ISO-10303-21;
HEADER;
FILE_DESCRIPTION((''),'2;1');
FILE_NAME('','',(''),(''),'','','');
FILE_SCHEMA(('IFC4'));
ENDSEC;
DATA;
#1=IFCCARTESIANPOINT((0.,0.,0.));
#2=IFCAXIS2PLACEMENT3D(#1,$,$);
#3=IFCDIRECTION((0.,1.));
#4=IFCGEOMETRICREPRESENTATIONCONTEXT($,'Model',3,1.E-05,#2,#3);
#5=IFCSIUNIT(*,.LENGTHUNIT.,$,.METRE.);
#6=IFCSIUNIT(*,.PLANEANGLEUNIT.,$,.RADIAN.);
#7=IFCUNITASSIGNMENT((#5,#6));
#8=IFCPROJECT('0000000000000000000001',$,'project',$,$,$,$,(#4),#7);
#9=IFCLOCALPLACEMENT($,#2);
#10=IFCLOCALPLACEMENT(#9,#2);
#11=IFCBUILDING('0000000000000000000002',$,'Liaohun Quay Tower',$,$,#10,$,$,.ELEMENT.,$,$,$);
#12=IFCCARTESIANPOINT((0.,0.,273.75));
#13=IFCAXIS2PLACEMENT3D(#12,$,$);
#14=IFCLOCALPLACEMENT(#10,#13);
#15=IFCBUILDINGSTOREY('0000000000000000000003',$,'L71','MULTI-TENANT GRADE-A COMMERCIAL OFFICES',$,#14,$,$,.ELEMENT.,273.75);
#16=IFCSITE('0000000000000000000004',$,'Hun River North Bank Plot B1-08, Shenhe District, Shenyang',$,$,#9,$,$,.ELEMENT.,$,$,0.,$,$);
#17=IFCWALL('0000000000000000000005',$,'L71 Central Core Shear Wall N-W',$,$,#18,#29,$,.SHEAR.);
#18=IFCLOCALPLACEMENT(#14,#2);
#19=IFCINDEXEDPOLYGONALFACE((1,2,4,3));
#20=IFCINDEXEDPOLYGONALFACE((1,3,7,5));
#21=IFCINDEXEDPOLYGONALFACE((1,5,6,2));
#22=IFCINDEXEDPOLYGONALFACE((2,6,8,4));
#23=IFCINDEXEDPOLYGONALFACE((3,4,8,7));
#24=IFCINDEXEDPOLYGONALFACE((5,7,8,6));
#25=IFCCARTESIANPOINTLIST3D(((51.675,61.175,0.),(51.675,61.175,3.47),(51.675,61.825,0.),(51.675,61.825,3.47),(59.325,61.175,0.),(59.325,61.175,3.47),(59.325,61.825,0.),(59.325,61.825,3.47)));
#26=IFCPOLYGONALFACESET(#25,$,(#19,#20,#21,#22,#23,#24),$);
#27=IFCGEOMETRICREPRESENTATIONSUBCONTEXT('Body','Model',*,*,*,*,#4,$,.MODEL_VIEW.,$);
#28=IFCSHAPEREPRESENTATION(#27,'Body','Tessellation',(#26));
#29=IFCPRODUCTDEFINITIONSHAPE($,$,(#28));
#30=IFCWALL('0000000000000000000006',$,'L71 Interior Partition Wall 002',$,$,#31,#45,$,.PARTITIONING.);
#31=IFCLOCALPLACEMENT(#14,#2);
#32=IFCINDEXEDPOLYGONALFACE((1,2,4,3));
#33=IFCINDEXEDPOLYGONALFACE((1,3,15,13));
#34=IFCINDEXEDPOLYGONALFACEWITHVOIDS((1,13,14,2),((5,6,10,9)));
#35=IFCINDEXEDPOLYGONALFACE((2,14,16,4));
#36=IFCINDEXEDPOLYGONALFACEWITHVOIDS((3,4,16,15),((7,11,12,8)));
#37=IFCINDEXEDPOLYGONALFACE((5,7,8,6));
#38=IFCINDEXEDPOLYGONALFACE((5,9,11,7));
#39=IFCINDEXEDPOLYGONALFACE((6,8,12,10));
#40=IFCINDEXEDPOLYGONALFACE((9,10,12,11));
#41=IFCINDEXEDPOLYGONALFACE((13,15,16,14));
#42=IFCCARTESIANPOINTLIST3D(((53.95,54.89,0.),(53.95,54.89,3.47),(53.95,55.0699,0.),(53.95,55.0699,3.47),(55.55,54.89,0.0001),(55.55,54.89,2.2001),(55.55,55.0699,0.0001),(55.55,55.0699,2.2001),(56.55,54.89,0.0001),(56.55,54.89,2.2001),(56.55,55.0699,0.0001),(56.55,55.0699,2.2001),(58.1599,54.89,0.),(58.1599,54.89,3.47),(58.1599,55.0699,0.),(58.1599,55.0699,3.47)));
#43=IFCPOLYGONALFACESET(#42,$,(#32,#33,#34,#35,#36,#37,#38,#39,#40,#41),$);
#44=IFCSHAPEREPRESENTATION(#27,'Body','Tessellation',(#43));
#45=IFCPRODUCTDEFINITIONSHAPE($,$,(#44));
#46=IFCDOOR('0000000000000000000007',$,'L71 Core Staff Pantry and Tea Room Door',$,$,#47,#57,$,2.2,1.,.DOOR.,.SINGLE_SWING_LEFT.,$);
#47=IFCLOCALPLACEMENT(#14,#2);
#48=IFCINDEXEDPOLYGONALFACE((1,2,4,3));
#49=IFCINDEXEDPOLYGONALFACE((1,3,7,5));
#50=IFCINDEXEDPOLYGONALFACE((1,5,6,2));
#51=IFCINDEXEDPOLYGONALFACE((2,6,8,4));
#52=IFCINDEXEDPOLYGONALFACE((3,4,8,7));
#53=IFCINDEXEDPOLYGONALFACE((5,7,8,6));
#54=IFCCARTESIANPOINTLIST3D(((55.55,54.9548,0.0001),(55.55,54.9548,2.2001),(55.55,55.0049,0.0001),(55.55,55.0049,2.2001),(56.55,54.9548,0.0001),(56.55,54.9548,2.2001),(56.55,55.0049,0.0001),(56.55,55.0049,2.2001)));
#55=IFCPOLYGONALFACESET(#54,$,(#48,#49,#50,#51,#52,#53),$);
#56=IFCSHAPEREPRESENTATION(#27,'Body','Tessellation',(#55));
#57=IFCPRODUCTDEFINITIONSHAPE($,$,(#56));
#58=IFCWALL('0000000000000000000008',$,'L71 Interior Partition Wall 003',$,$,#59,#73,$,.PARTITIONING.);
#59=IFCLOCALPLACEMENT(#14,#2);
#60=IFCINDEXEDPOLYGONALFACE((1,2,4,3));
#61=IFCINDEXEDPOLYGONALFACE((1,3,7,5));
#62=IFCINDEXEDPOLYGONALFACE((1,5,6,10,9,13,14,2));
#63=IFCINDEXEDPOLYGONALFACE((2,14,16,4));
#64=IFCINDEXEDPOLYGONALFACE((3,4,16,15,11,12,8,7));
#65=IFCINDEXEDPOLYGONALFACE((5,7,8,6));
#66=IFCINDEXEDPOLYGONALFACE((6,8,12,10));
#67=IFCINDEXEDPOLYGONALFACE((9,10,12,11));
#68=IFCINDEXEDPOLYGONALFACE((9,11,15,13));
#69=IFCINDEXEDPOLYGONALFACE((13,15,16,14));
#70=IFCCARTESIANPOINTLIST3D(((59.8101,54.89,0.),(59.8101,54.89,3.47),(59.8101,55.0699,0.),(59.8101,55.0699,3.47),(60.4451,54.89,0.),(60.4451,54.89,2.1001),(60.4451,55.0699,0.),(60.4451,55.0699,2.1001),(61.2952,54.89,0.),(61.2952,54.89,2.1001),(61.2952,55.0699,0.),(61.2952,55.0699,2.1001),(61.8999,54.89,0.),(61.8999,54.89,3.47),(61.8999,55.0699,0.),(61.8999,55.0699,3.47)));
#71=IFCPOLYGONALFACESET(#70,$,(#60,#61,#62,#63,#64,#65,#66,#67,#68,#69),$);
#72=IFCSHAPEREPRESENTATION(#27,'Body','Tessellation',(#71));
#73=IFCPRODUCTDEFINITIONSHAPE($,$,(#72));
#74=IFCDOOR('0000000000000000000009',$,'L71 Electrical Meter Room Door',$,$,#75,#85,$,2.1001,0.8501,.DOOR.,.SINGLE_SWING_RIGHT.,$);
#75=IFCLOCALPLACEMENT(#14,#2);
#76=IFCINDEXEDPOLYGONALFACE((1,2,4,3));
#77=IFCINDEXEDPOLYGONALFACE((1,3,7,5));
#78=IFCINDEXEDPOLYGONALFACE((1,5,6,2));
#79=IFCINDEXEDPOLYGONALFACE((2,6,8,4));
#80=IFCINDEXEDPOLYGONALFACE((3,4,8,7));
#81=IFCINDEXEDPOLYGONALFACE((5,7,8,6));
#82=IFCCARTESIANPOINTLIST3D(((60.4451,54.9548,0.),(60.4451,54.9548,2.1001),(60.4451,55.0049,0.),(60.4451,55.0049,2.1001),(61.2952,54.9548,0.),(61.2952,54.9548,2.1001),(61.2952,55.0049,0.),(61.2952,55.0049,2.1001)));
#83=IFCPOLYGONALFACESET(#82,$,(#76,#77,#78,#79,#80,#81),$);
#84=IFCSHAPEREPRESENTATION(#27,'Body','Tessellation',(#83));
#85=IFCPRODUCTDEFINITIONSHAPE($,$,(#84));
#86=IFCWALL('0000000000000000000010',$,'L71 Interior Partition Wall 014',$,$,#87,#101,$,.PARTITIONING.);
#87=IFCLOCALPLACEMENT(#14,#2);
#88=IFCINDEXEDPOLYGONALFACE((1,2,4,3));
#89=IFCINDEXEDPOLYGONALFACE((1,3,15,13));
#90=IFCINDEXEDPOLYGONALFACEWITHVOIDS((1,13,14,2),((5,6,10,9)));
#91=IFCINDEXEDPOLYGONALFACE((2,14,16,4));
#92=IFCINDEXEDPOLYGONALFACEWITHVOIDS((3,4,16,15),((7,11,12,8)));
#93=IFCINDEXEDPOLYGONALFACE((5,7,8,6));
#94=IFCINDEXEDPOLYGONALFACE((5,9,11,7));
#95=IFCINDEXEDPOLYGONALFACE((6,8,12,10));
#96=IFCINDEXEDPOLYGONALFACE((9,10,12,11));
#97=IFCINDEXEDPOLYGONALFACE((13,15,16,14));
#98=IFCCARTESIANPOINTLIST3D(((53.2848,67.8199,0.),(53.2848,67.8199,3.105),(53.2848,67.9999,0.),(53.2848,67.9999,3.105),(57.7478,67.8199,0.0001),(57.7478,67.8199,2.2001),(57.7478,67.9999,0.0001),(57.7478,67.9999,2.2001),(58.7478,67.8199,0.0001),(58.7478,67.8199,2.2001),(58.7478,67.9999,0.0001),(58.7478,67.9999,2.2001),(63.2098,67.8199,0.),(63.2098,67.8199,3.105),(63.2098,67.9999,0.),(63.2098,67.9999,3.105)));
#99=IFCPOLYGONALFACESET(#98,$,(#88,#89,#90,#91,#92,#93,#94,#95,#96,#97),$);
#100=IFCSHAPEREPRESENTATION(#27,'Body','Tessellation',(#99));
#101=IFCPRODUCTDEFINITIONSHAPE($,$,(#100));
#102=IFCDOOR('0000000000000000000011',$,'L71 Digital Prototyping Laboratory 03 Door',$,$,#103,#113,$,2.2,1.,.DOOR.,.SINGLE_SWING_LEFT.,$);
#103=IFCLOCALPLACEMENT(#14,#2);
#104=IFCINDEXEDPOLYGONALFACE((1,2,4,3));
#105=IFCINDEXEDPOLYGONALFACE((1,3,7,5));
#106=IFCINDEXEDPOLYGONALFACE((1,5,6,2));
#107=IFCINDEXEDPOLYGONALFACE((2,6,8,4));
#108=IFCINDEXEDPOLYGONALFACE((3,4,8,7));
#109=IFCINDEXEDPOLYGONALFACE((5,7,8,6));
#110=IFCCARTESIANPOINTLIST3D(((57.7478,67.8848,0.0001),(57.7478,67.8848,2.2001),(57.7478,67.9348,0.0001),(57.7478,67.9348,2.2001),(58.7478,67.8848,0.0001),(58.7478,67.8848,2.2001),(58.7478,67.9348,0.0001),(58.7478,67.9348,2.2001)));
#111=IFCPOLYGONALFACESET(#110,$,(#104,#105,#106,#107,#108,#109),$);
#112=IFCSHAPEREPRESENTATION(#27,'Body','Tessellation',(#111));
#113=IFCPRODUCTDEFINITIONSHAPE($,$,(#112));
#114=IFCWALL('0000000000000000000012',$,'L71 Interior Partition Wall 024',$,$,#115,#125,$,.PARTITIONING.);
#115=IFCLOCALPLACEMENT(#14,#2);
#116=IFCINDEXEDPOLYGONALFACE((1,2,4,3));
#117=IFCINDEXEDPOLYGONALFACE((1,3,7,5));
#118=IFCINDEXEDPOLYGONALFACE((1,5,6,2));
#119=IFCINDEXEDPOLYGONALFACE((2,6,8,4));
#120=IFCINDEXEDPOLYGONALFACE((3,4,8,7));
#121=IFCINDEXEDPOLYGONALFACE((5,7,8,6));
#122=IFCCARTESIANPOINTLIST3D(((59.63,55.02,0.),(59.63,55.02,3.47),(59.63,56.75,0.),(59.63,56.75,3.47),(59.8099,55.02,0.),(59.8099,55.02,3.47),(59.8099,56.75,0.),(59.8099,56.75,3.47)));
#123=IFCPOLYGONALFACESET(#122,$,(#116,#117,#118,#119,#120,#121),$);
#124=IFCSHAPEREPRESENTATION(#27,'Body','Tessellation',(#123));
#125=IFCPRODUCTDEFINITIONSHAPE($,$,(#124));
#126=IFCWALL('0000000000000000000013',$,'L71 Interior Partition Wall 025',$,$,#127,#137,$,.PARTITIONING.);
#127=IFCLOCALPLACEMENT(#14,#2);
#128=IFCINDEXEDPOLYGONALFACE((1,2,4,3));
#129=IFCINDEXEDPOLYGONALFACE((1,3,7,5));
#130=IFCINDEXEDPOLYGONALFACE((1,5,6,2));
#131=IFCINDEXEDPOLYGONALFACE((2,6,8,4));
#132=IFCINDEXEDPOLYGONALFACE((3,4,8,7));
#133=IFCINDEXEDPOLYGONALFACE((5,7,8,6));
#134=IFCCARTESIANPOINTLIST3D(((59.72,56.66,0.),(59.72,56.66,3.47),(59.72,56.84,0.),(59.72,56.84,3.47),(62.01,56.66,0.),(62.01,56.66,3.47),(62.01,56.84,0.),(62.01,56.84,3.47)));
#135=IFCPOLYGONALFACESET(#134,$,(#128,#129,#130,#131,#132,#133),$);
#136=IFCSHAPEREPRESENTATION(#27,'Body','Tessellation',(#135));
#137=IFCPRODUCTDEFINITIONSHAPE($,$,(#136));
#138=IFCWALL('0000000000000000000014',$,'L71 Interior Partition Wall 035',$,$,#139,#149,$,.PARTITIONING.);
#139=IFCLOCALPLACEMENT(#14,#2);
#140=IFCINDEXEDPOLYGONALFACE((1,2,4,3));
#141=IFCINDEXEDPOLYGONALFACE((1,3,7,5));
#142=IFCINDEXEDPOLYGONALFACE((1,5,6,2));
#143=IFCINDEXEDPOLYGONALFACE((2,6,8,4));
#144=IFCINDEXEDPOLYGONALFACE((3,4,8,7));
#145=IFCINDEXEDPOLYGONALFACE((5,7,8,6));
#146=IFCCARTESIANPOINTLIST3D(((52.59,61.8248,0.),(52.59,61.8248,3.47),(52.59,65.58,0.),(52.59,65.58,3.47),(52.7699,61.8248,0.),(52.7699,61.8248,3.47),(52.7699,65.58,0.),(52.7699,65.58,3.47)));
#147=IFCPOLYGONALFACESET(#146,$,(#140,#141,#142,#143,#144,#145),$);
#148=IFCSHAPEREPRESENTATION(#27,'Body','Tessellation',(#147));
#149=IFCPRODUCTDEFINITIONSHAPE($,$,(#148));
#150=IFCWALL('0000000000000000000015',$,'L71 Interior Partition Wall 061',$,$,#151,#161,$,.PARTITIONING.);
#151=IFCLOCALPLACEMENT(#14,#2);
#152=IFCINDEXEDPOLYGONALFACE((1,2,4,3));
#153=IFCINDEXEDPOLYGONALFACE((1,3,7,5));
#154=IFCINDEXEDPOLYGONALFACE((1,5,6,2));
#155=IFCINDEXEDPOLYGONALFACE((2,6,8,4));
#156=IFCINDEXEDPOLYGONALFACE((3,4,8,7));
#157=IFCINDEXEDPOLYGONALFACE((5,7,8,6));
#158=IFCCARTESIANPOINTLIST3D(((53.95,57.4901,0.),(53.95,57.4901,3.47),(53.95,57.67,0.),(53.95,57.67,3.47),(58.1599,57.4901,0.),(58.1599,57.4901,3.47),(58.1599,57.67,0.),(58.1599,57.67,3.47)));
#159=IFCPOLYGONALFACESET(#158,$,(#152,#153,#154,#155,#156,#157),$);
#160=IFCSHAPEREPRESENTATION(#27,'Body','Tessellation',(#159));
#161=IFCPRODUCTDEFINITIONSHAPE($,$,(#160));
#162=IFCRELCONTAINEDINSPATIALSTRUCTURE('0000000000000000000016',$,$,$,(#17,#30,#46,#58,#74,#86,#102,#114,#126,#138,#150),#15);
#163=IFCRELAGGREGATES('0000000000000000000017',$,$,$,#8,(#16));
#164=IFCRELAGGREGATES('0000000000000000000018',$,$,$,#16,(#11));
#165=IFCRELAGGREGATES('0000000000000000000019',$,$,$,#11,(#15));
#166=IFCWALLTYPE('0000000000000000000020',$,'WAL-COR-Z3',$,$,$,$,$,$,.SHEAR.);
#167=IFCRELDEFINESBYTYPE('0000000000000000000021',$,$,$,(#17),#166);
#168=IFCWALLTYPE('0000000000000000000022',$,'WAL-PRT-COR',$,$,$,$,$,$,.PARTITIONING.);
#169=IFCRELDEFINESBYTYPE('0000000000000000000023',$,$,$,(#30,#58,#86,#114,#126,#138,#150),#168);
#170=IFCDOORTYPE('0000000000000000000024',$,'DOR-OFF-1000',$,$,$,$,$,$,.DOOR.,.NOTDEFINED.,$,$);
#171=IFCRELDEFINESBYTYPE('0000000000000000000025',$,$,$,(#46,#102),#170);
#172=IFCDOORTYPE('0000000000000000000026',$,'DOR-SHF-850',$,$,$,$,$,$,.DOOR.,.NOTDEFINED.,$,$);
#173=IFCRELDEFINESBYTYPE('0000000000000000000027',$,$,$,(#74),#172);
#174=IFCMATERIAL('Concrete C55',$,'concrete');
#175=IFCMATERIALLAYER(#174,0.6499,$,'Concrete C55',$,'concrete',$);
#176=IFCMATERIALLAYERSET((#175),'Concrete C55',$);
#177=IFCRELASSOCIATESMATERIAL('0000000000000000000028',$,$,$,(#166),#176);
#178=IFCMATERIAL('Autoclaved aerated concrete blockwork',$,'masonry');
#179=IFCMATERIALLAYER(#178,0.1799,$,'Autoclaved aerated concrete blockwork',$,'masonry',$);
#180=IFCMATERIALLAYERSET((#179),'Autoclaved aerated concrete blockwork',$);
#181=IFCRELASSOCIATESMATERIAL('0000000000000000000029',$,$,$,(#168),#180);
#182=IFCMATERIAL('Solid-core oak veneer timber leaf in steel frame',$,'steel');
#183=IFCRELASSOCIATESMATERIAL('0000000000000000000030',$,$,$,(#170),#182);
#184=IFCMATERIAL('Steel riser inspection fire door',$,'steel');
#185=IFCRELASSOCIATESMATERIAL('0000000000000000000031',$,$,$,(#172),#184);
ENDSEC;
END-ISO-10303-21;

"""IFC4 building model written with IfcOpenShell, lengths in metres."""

from ifc_helpers import new_model, si_unit, direction, frame, frame_2d, origin, place, context, subcontext, project, spatial, rectangle, extrude, source, transform, mapped, material, layer, layer_set, type_object, element, fill, save


model = new_model("IFC4")

# Units and contexts
model_context = context("Model", 3, precision=1e-05, world=origin(), true_north=direction((0.0, 1.0)))
body_context = subcontext(model_context, "Body", "Model", "MODEL_VIEW")
ifc_project = project(units=[si_unit("LENGTHUNIT", "METRE"), si_unit("PLANEANGLEUNIT", "RADIAN")], contexts=[model_context])

# Site, building, storey
site_placement = place(None, origin())
site = spatial("IfcSite", under=ifc_project, at=site_placement, Name="Hun River North Bank Plot B1-08, Shenhe District, Shenyang", CompositionType="ELEMENT", RefElevation=0.0)
building_placement = place(site_placement, origin())
building = spatial("IfcBuilding", under=site, at=building_placement, Name="Liaohun Quay Tower", CompositionType="ELEMENT")
storey_placement = place(building_placement, frame((0.0, 0.0, 273.75)))
storey = spatial("IfcBuildingStorey", under=building, at=storey_placement, Name="L71", Description="MULTI-TENANT GRADE-A COMMERCIAL OFFICES", CompositionType="ELEMENT", Elevation=273.75)

# Wall
ifc_material_1 = material(Name="Concrete C55", Category="concrete")
ifc_layer_1 = layer(ifc_material_1, 0.6499, Name="Concrete C55", Category="concrete")
ifc_layer_set_1 = layer_set([ifc_layer_1], Name="Concrete C55")
wall_type_1 = type_object("IfcWallType", Name="WAL-COR-Z3", PredefinedType="SHEAR", material=ifc_layer_set_1)
wall_1_placement = place(storey_placement, frame((51.675, 61.5, 0.0), z_axis=(0.0, 0.0, 1.0), x_axis=(1.0, 0.0, 0.0)))
element("IfcWall", 1, at=wall_1_placement, inside=storey, type_object=wall_type_1, Name="L71 Central Core Shear Wall N-W", PredefinedType="SHEAR", context=body_context, shape_type="SweptSolid", body=[
    extrude(rectangle(XDim=7.6499, YDim=0.6499, at=frame_2d((3.825, 0.0))), origin(), (0.0, 0.0, 1.0), 3.47),
])

# Walls, openings, doors
ifc_material_2 = material(Name="Autoclaved aerated concrete blockwork", Category="masonry")
ifc_layer_2 = layer(ifc_material_2, 0.1799, Name="Autoclaved aerated concrete blockwork", Category="masonry")
ifc_layer_set_2 = layer_set([ifc_layer_2], Name="Autoclaved aerated concrete blockwork")
wall_type_2 = type_object("IfcWallType", Name="WAL-PRT-COR", PredefinedType="PARTITIONING", material=ifc_layer_set_2)
wall_2_placement = place(storey_placement, frame((53.95, 54.98, 0.0), z_axis=(0.0, 0.0, 1.0), x_axis=(1.0, 0.0, 0.0)))
wall_2 = element("IfcWall", 2, at=wall_2_placement, inside=storey, type_object=wall_type_2, Name="L71 Interior Partition Wall 002", PredefinedType="PARTITIONING", context=body_context, shape_type="SweptSolid", body=[
    extrude(rectangle(XDim=4.21, YDim=0.1799, at=frame_2d((2.105, 0.0))), origin(), (0.0, 0.0, 1.0), 3.47),
])
shared_shape_1 = source(origin(), body_context, "Body", "SweptSolid", [
    extrude(rectangle(XDim=1.0, YDim=2.2, at=frame_2d((0.5, 1.1001))), frame((0.0, 0.0999, 0.0), z_axis=(0.0, -1.0, 0.0), x_axis=(1.0, 0.0, 0.0)), (0.0, 0.0, 1.0), 0.2),
])
opening_1_placement = place(wall_2_placement, frame((1.6001, 0.0, 0.0)))
opening_1 = element("IfcOpeningElement", 3, at=opening_1_placement, cuts=wall_2, PredefinedType="OPENING", context=body_context, shape_type="MappedRepresentation", body=[
    mapped(shared_shape_1, transform((0.0, 0.0, 0.0), x_axis=(1.0, 0.0, 0.0), y_axis=(0.0, 1.0, 0.0), z_axis=(0.0, 0.0, 1.0), scale=1.0)),
])
ifc_material_3 = material(Name="Solid-core oak veneer timber leaf in steel frame", Category="steel")
door_type_1 = type_object("IfcDoorType", Name="DOR-OFF-1000", OperationType="NOTDEFINED", PredefinedType="DOOR", material=ifc_material_3)
shared_shape_2 = source(origin(), body_context, "Body", "SweptSolid", [
    extrude(rectangle(XDim=1.0, YDim=2.2, at=frame_2d((0.5, 1.1001))), frame((0.0, 0.0249, 0.0), z_axis=(0.0, -1.0, 0.0), x_axis=(1.0, 0.0, 0.0)), (0.0, 0.0, 1.0), 0.05),
])
door_1_placement = place(opening_1_placement, origin())
door_1 = element("IfcDoor", 4, at=door_1_placement, inside=storey, type_object=door_type_1, Name="L71 Core Staff Pantry and Tea Room Door", OperationType="SINGLE_SWING_LEFT", OverallHeight=2.2, OverallWidth=1.0, PredefinedType="DOOR", context=body_context, shape_type="MappedRepresentation", body=[
    mapped(shared_shape_2, transform((0.0, 0.0, 0.0), x_axis=(1.0, 0.0, 0.0), y_axis=(0.0, 1.0, 0.0), z_axis=(0.0, 0.0, 1.0), scale=1.0)),
])
fill(opening_1, door_1)
wall_3_placement = place(storey_placement, frame((59.8101, 54.98, 0.0), z_axis=(0.0, 0.0, 1.0), x_axis=(1.0, 0.0, 0.0)))
wall_3 = element("IfcWall", 5, at=wall_3_placement, inside=storey, type_object=wall_type_2, Name="L71 Interior Partition Wall 003", PredefinedType="PARTITIONING", context=body_context, shape_type="SweptSolid", body=[
    extrude(rectangle(XDim=2.0898, YDim=0.1799, at=frame_2d((1.0449, 0.0))), origin(), (0.0, 0.0, 1.0), 3.47),
])
shared_shape_3 = source(origin(), body_context, "Body", "SweptSolid", [
    extrude(rectangle(XDim=0.8501, YDim=2.1001, at=frame_2d((0.425, 1.05))), frame((0.0, 0.0999, 0.0), z_axis=(0.0, -1.0, 0.0), x_axis=(1.0, 0.0, 0.0)), (0.0, 0.0, 1.0), 0.2),
])
opening_2_placement = place(wall_3_placement, frame((0.635, 0.0, 0.0)))
opening_2 = element("IfcOpeningElement", 6, at=opening_2_placement, cuts=wall_3, PredefinedType="OPENING", context=body_context, shape_type="MappedRepresentation", body=[
    mapped(shared_shape_3, transform((0.0, 0.0, 0.0), x_axis=(1.0, 0.0, 0.0), y_axis=(0.0, 1.0, 0.0), z_axis=(0.0, 0.0, 1.0), scale=1.0)),
])
ifc_material_4 = material(Name="Steel riser inspection fire door", Category="steel")
door_type_2 = type_object("IfcDoorType", Name="DOR-SHF-850", OperationType="NOTDEFINED", PredefinedType="DOOR", material=ifc_material_4)
shared_shape_4 = source(origin(), body_context, "Body", "SweptSolid", [
    extrude(rectangle(XDim=0.8501, YDim=2.1001, at=frame_2d((0.425, 1.05))), frame((0.0, 0.0249, 0.0), z_axis=(0.0, -1.0, 0.0), x_axis=(1.0, 0.0, 0.0)), (0.0, 0.0, 1.0), 0.05),
])
door_2_placement = place(opening_2_placement, origin())
door_2 = element("IfcDoor", 7, at=door_2_placement, inside=storey, type_object=door_type_2, Name="L71 Electrical Meter Room Door", OperationType="SINGLE_SWING_RIGHT", OverallHeight=2.1001, OverallWidth=0.8501, PredefinedType="DOOR", context=body_context, shape_type="MappedRepresentation", body=[
    mapped(shared_shape_4, transform((0.0, 0.0, 0.0), x_axis=(1.0, 0.0, 0.0), y_axis=(0.0, 1.0, 0.0), z_axis=(0.0, 0.0, 1.0), scale=1.0)),
])
fill(opening_2, door_2)
wall_4_placement = place(storey_placement, frame((53.2849, 67.9099, 0.0), z_axis=(0.0, 0.0, 1.0), x_axis=(1.0, 0.0, 0.0)))
wall_4 = element("IfcWall", 8, at=wall_4_placement, inside=storey, type_object=wall_type_2, Name="L71 Interior Partition Wall 014", PredefinedType="PARTITIONING", context=body_context, shape_type="SweptSolid", body=[
    extrude(rectangle(XDim=9.925, YDim=0.1799, at=frame_2d((4.9624, 0.0))), origin(), (0.0, 0.0, 1.0), 3.105),
])
opening_3_placement = place(wall_4_placement, frame((4.4629, 0.0, 0.0)))
opening_3 = element("IfcOpeningElement", 9, at=opening_3_placement, cuts=wall_4, PredefinedType="OPENING", context=body_context, shape_type="MappedRepresentation", body=[
    mapped(shared_shape_1, transform((0.0, 0.0, 0.0), x_axis=(1.0, 0.0, 0.0), y_axis=(0.0, 1.0, 0.0), z_axis=(0.0, 0.0, 1.0), scale=1.0)),
])
door_3_placement = place(opening_3_placement, origin())
door_3 = element("IfcDoor", 10, at=door_3_placement, inside=storey, type_object=door_type_1, Name="L71 Digital Prototyping Laboratory 03 Door", OperationType="SINGLE_SWING_LEFT", OverallHeight=2.2, OverallWidth=1.0, PredefinedType="DOOR", context=body_context, shape_type="MappedRepresentation", body=[
    mapped(shared_shape_2, transform((0.0, 0.0, 0.0), x_axis=(1.0, 0.0, 0.0), y_axis=(0.0, 1.0, 0.0), z_axis=(0.0, 0.0, 1.0), scale=1.0)),
])
fill(opening_3, door_3)

# Walls
wall_5_placement = place(storey_placement, frame((59.72, 55.02, 0.0), z_axis=(0.0, 0.0, 1.0), x_axis=(0.0, 1.0, 0.0)))
element("IfcWall", 11, at=wall_5_placement, inside=storey, type_object=wall_type_2, Name="L71 Interior Partition Wall 024", PredefinedType="PARTITIONING", context=body_context, shape_type="SweptSolid", body=[
    extrude(rectangle(XDim=1.73, YDim=0.1799, at=frame_2d((0.865, 0.0))), origin(), (0.0, 0.0, 1.0), 3.47),
])
wall_6_placement = place(storey_placement, frame((59.72, 56.75, 0.0), z_axis=(0.0, 0.0, 1.0), x_axis=(1.0, 0.0, 0.0)))
element("IfcWall", 12, at=wall_6_placement, inside=storey, type_object=wall_type_2, Name="L71 Interior Partition Wall 025", PredefinedType="PARTITIONING", context=body_context, shape_type="SweptSolid", body=[
    extrude(rectangle(XDim=2.29, YDim=0.1799, at=frame_2d((1.145, 0.0))), origin(), (0.0, 0.0, 1.0), 3.47),
])
wall_7_placement = place(storey_placement, frame((52.6799, 61.825, 0.0), z_axis=(0.0, 0.0, 1.0), x_axis=(0.0, 1.0, 0.0)))
element("IfcWall", 13, at=wall_7_placement, inside=storey, type_object=wall_type_2, Name="L71 Interior Partition Wall 035", PredefinedType="PARTITIONING", context=body_context, shape_type="SweptSolid", body=[
    extrude(rectangle(XDim=3.7551, YDim=0.1799, at=frame_2d((1.8774, 0.0))), origin(), (0.0, 0.0, 1.0), 3.47),
])
wall_8_placement = place(storey_placement, frame((53.95, 57.5801, 0.0), z_axis=(0.0, 0.0, 1.0), x_axis=(1.0, 0.0, 0.0)))
element("IfcWall", 14, at=wall_8_placement, inside=storey, type_object=wall_type_2, Name="L71 Interior Partition Wall 061", PredefinedType="PARTITIONING", context=body_context, shape_type="SweptSolid", body=[
    extrude(rectangle(XDim=4.21, YDim=0.1799, at=frame_2d((2.105, 0.0))), origin(), (0.0, 0.0, 1.0), 3.47),
])

save(model, "model.ifc")
